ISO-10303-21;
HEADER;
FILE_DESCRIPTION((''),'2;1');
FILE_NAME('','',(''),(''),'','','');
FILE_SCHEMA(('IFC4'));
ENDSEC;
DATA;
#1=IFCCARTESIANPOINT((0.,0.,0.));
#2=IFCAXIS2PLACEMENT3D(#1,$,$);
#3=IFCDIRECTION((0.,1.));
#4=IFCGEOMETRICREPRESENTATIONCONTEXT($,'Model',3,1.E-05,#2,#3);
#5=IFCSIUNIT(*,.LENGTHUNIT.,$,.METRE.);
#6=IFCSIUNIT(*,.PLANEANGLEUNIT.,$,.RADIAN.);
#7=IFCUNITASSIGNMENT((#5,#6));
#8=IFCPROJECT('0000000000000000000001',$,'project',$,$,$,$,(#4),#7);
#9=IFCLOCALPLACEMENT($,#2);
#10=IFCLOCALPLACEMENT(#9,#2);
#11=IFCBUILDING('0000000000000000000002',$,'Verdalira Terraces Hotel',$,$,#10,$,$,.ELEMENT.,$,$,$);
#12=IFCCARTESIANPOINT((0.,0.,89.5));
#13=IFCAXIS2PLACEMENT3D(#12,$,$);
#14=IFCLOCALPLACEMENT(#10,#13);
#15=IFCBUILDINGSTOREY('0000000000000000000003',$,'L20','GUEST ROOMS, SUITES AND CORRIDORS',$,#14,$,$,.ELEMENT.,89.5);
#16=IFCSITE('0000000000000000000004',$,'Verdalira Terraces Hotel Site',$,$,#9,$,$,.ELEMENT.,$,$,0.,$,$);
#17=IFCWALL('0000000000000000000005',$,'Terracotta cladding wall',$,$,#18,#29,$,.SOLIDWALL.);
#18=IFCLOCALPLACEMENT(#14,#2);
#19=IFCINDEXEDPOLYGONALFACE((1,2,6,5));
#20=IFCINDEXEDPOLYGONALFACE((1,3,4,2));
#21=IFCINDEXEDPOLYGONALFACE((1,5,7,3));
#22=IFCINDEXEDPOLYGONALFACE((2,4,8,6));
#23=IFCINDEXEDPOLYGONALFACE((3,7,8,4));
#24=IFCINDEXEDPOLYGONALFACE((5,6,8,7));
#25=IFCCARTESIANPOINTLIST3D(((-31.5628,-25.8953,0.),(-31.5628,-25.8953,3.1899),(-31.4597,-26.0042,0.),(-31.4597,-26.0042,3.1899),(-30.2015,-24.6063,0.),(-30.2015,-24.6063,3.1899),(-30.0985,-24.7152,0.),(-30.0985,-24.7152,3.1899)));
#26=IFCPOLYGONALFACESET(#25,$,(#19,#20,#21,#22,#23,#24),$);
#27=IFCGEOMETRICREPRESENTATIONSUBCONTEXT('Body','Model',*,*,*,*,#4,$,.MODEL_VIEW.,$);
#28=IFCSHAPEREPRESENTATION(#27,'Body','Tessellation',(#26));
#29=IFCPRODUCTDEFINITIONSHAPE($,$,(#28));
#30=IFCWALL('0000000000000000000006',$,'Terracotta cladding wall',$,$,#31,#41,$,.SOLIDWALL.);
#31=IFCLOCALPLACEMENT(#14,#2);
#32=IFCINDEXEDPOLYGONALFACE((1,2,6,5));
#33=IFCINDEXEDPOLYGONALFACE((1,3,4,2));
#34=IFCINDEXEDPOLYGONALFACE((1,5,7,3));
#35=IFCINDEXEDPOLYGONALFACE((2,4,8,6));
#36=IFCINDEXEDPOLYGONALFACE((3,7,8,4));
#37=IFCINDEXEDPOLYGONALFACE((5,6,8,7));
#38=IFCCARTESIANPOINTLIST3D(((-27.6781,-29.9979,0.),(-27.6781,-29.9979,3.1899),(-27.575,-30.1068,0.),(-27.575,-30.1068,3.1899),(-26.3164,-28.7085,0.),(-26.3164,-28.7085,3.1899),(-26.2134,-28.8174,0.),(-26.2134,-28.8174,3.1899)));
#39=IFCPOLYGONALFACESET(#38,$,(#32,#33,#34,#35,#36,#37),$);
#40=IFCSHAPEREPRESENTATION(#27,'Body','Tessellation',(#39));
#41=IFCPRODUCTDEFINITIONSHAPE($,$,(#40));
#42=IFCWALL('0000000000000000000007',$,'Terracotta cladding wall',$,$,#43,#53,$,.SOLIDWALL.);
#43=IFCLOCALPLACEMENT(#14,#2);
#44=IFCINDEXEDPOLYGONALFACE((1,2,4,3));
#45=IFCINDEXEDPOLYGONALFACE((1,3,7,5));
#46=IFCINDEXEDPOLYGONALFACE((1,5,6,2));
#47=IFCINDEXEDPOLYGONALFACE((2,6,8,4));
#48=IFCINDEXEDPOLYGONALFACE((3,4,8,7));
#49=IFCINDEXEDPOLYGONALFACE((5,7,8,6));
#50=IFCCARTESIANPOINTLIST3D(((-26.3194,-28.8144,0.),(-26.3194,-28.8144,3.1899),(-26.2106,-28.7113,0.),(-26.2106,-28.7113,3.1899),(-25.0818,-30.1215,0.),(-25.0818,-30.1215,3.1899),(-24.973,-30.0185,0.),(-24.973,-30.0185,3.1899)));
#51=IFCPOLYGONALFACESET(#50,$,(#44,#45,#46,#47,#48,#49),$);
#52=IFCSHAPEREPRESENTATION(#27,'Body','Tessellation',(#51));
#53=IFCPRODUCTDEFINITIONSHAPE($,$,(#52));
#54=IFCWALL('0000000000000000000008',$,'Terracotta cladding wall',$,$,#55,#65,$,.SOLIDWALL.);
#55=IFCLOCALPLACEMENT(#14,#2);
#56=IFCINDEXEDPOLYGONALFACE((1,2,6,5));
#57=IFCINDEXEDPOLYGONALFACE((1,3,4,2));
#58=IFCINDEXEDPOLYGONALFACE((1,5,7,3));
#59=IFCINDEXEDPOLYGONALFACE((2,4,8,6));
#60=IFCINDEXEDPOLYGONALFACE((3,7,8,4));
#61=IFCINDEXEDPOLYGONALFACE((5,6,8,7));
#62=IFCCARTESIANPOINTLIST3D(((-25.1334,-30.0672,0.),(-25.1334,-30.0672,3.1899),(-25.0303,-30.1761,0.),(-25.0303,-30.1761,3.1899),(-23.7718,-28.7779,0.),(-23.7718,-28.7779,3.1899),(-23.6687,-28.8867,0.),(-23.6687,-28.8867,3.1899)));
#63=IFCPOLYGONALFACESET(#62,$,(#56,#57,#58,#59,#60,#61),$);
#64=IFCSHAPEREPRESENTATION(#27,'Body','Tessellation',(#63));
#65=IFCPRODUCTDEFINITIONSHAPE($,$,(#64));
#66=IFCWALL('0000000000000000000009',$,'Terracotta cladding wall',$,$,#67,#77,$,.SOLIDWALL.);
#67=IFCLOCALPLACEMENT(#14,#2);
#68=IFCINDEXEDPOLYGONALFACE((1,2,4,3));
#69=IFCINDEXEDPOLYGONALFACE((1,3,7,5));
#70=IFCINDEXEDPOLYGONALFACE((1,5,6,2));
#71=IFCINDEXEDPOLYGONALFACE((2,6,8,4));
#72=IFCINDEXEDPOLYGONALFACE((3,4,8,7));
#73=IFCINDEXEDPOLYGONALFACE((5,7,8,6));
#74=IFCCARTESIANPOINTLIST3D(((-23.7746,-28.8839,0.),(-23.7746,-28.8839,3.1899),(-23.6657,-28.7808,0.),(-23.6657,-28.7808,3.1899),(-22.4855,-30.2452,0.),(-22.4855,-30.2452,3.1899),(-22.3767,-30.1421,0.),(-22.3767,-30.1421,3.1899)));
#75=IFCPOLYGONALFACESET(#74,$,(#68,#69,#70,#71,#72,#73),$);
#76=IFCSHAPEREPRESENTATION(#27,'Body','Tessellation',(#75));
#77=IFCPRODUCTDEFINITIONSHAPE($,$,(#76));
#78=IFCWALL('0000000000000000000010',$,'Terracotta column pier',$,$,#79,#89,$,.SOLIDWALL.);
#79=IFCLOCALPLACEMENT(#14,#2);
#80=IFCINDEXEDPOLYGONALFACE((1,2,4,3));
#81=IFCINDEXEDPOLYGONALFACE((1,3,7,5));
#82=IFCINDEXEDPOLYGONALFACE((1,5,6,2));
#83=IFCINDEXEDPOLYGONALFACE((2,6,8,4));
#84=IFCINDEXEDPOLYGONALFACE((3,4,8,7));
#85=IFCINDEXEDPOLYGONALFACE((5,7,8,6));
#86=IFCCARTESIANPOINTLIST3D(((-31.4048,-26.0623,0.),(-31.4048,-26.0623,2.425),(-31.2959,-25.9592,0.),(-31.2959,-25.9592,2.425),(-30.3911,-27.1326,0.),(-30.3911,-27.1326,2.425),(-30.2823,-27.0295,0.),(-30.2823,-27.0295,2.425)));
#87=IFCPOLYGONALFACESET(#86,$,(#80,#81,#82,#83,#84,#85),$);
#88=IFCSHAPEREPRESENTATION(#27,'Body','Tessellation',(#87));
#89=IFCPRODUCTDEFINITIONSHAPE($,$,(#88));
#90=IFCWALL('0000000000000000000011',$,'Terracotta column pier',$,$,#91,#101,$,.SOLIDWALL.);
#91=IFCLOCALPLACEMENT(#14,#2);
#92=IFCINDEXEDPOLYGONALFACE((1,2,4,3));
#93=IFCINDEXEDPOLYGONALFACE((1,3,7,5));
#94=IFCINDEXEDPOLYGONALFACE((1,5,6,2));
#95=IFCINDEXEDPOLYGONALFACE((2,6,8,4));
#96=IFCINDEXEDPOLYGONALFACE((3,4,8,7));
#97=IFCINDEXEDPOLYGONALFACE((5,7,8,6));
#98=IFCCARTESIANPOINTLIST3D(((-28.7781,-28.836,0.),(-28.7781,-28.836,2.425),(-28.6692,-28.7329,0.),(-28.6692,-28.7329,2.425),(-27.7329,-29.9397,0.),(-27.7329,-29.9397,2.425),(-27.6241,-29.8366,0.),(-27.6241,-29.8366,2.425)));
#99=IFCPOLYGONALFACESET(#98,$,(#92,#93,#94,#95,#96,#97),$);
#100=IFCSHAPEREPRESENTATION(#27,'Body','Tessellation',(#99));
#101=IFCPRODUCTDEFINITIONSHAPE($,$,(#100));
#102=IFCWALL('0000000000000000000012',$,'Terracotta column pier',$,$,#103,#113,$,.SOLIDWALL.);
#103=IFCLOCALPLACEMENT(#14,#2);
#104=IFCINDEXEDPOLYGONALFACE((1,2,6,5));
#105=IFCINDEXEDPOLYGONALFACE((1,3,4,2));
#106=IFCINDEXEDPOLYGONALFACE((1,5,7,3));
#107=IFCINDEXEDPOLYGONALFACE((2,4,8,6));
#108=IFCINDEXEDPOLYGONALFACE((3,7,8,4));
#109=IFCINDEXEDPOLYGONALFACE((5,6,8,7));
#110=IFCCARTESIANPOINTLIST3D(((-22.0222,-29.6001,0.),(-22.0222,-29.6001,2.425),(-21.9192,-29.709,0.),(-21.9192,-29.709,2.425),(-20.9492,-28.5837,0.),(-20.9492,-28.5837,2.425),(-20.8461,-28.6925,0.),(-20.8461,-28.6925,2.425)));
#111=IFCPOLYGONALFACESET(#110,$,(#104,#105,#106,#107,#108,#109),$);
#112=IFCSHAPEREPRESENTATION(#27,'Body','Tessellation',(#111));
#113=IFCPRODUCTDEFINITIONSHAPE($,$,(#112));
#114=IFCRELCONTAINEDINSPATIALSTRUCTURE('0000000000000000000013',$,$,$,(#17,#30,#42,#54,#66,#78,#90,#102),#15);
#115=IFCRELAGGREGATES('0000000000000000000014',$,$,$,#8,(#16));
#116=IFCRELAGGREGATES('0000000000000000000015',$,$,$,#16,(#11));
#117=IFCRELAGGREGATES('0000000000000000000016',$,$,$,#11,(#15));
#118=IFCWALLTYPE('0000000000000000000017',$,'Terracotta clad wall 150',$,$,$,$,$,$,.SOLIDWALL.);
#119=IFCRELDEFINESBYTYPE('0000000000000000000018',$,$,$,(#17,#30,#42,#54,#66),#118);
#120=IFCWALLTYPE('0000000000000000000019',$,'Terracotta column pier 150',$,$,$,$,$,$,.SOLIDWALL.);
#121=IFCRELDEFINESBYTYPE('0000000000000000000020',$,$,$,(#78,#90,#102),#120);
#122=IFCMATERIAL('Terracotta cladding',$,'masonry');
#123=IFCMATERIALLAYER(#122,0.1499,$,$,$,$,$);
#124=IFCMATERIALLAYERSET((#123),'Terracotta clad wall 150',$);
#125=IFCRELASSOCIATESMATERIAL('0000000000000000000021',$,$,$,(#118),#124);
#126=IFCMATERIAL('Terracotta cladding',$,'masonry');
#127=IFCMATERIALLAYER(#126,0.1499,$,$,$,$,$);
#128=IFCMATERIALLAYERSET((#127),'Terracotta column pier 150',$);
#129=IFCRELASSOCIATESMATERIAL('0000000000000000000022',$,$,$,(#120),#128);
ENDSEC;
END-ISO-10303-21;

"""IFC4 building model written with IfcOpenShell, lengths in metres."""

from ifc_helpers import new_model, si_unit, direction, frame, frame_2d, origin, place, context, subcontext, project, spatial, rectangle, extrude, material, layer, layer_set, type_object, element, save


model = new_model("IFC4")

# Units and contexts
model_context = context("Model", 3, precision=1e-05, world=origin(), true_north=direction((0.0, 1.0)))
body_context = subcontext(model_context, "Body", "Model", "MODEL_VIEW")
ifc_project = project(units=[si_unit("LENGTHUNIT", "METRE"), si_unit("PLANEANGLEUNIT", "RADIAN")], contexts=[model_context])

# Site, building, storey
site_placement = place(None, origin())
site = spatial("IfcSite", under=ifc_project, at=site_placement, Name="Verdalira Terraces Hotel Site", CompositionType="ELEMENT", RefElevation=0.0)
building_placement = place(site_placement, origin())
building = spatial("IfcBuilding", under=site, at=building_placement, Name="Verdalira Terraces Hotel", CompositionType="ELEMENT")
storey_placement = place(building_placement, frame((0.0, 0.0, 89.5)))
storey = spatial("IfcBuildingStorey", under=building, at=storey_placement, Name="L20", Description="GUEST ROOMS, SUITES AND CORRIDORS", CompositionType="ELEMENT", Elevation=89.5)

# Walls
ifc_material_1 = material(Name="Terracotta cladding", Category="masonry")
ifc_layer_1 = layer(ifc_material_1, 0.1499)
ifc_layer_set_1 = layer_set([ifc_layer_1], Name="Terracotta clad wall 150")
wall_type_1 = type_object("IfcWallType", Name="Terracotta clad wall 150", PredefinedType="SOLIDWALL", material=ifc_layer_set_1)
wall_1_placement = place(storey_placement, frame((-30.1499, -24.6606, 0.0), z_axis=(0.0, 0.0, 1.0), x_axis=(-0.726117, -0.687571, 0.0)))
element("IfcWall", 1, at=wall_1_placement, inside=storey, type_object=wall_type_1, Name="Terracotta cladding wall", PredefinedType="SOLIDWALL", context=body_context, shape_type="SweptSolid", body=[
    extrude(rectangle(XDim=1.8748, YDim=0.1499, at=frame_2d((0.9375, 0.0))), origin(), (0.0, 0.0, 1.0), 3.1899),
])
wall_2_placement = place(storey_placement, frame((-27.6265, -30.0522, 0.0), z_axis=(0.0, 0.0, 1.0), x_axis=(0.726113, 0.687575, 0.0)))
element("IfcWall", 2, at=wall_2_placement, inside=storey, type_object=wall_type_1, Name="Terracotta cladding wall", PredefinedType="SOLIDWALL", context=body_context, shape_type="SweptSolid", body=[
    extrude(rectangle(XDim=1.8752, YDim=0.1499, at=frame_2d((0.9375, 0.0))), origin(), (0.0, 0.0, 1.0), 3.1899),
])
wall_3_placement = place(storey_placement, frame((-26.2649, -28.7629, 0.0), z_axis=(0.0, 0.0, 1.0), x_axis=(0.687515, -0.72617, 0.0)))
element("IfcWall", 3, at=wall_3_placement, inside=storey, type_object=wall_type_1, Name="Terracotta cladding wall", PredefinedType="SOLIDWALL", context=body_context, shape_type="SweptSolid", body=[
    extrude(rectangle(XDim=1.8, YDim=0.1499, at=frame_2d((0.8999, 0.0))), origin(), (0.0, 0.0, 1.0), 3.1899),
])
wall_4_placement = place(storey_placement, frame((-25.0818, -30.1216, 0.0), z_axis=(0.0, 0.0, 1.0), x_axis=(0.726113, 0.687575, 0.0)))
element("IfcWall", 4, at=wall_4_placement, inside=storey, type_object=wall_type_1, Name="Terracotta cladding wall", PredefinedType="SOLIDWALL", context=body_context, shape_type="SweptSolid", body=[
    extrude(rectangle(XDim=1.8752, YDim=0.1499, at=frame_2d((0.9375, 0.0))), origin(), (0.0, 0.0, 1.0), 3.1899),
])
wall_5_placement = place(storey_placement, frame((-23.7202, -28.8323, 0.0), z_axis=(0.0, 0.0, 1.0), x_axis=(0.687571, -0.726117, 0.0)))
element("IfcWall", 5, at=wall_5_placement, inside=storey, type_object=wall_type_1, Name="Terracotta cladding wall", PredefinedType="SOLIDWALL", context=body_context, shape_type="SweptSolid", body=[
    extrude(rectangle(XDim=1.8748, YDim=0.1499, at=frame_2d((0.9375, 0.0))), origin(), (0.0, 0.0, 1.0), 3.1899),
])
ifc_material_2 = material(Name="Terracotta cladding", Category="masonry")
ifc_layer_2 = layer(ifc_material_2, 0.1499)
ifc_layer_set_2 = layer_set([ifc_layer_2], Name="Terracotta column pier 150")
wall_type_2 = type_object("IfcWallType", Name="Terracotta column pier 150", PredefinedType="SOLIDWALL", material=ifc_layer_set_2)
wall_6_placement = place(storey_placement, frame((-31.3503, -26.0107, 0.0), z_axis=(0.0, 0.0, 1.0), x_axis=(0.687634, -0.726057, 0.0)))
element("IfcWall", 6, at=wall_6_placement, inside=storey, type_object=wall_type_2, Name="Terracotta column pier", PredefinedType="SOLIDWALL", context=body_context, shape_type="SweptSolid", body=[
    extrude(rectangle(XDim=1.4741, YDim=0.1499, at=frame_2d((0.7371, 0.0))), origin(), (0.0, 0.0, 1.0), 2.425),
])
wall_7_placement = place(storey_placement, frame((-28.7236, -28.7844, 0.0), z_axis=(0.0, 0.0, 1.0), x_axis=(0.687571, -0.726117, 0.0)))
element("IfcWall", 7, at=wall_7_placement, inside=storey, type_object=wall_type_2, Name="Terracotta column pier", PredefinedType="SOLIDWALL", context=body_context, shape_type="SweptSolid", body=[
    extrude(rectangle(XDim=1.52, YDim=0.1499, at=frame_2d((0.76, 0.0))), origin(), (0.0, 0.0, 1.0), 2.425),
])
wall_8_placement = place(storey_placement, frame((-21.9707, -29.6545, 0.0), z_axis=(0.0, 0.0, 1.0), x_axis=(0.726009, 0.687685, 0.0)))
element("IfcWall", 8, at=wall_8_placement, inside=storey, type_object=wall_type_2, Name="Terracotta column pier", PredefinedType="SOLIDWALL", context=body_context, shape_type="SweptSolid", body=[
    extrude(rectangle(XDim=1.478, YDim=0.1499, at=frame_2d((0.739, 0.0))), origin(), (0.0, 0.0, 1.0), 2.425),
])

save(model, "model.ifc")
